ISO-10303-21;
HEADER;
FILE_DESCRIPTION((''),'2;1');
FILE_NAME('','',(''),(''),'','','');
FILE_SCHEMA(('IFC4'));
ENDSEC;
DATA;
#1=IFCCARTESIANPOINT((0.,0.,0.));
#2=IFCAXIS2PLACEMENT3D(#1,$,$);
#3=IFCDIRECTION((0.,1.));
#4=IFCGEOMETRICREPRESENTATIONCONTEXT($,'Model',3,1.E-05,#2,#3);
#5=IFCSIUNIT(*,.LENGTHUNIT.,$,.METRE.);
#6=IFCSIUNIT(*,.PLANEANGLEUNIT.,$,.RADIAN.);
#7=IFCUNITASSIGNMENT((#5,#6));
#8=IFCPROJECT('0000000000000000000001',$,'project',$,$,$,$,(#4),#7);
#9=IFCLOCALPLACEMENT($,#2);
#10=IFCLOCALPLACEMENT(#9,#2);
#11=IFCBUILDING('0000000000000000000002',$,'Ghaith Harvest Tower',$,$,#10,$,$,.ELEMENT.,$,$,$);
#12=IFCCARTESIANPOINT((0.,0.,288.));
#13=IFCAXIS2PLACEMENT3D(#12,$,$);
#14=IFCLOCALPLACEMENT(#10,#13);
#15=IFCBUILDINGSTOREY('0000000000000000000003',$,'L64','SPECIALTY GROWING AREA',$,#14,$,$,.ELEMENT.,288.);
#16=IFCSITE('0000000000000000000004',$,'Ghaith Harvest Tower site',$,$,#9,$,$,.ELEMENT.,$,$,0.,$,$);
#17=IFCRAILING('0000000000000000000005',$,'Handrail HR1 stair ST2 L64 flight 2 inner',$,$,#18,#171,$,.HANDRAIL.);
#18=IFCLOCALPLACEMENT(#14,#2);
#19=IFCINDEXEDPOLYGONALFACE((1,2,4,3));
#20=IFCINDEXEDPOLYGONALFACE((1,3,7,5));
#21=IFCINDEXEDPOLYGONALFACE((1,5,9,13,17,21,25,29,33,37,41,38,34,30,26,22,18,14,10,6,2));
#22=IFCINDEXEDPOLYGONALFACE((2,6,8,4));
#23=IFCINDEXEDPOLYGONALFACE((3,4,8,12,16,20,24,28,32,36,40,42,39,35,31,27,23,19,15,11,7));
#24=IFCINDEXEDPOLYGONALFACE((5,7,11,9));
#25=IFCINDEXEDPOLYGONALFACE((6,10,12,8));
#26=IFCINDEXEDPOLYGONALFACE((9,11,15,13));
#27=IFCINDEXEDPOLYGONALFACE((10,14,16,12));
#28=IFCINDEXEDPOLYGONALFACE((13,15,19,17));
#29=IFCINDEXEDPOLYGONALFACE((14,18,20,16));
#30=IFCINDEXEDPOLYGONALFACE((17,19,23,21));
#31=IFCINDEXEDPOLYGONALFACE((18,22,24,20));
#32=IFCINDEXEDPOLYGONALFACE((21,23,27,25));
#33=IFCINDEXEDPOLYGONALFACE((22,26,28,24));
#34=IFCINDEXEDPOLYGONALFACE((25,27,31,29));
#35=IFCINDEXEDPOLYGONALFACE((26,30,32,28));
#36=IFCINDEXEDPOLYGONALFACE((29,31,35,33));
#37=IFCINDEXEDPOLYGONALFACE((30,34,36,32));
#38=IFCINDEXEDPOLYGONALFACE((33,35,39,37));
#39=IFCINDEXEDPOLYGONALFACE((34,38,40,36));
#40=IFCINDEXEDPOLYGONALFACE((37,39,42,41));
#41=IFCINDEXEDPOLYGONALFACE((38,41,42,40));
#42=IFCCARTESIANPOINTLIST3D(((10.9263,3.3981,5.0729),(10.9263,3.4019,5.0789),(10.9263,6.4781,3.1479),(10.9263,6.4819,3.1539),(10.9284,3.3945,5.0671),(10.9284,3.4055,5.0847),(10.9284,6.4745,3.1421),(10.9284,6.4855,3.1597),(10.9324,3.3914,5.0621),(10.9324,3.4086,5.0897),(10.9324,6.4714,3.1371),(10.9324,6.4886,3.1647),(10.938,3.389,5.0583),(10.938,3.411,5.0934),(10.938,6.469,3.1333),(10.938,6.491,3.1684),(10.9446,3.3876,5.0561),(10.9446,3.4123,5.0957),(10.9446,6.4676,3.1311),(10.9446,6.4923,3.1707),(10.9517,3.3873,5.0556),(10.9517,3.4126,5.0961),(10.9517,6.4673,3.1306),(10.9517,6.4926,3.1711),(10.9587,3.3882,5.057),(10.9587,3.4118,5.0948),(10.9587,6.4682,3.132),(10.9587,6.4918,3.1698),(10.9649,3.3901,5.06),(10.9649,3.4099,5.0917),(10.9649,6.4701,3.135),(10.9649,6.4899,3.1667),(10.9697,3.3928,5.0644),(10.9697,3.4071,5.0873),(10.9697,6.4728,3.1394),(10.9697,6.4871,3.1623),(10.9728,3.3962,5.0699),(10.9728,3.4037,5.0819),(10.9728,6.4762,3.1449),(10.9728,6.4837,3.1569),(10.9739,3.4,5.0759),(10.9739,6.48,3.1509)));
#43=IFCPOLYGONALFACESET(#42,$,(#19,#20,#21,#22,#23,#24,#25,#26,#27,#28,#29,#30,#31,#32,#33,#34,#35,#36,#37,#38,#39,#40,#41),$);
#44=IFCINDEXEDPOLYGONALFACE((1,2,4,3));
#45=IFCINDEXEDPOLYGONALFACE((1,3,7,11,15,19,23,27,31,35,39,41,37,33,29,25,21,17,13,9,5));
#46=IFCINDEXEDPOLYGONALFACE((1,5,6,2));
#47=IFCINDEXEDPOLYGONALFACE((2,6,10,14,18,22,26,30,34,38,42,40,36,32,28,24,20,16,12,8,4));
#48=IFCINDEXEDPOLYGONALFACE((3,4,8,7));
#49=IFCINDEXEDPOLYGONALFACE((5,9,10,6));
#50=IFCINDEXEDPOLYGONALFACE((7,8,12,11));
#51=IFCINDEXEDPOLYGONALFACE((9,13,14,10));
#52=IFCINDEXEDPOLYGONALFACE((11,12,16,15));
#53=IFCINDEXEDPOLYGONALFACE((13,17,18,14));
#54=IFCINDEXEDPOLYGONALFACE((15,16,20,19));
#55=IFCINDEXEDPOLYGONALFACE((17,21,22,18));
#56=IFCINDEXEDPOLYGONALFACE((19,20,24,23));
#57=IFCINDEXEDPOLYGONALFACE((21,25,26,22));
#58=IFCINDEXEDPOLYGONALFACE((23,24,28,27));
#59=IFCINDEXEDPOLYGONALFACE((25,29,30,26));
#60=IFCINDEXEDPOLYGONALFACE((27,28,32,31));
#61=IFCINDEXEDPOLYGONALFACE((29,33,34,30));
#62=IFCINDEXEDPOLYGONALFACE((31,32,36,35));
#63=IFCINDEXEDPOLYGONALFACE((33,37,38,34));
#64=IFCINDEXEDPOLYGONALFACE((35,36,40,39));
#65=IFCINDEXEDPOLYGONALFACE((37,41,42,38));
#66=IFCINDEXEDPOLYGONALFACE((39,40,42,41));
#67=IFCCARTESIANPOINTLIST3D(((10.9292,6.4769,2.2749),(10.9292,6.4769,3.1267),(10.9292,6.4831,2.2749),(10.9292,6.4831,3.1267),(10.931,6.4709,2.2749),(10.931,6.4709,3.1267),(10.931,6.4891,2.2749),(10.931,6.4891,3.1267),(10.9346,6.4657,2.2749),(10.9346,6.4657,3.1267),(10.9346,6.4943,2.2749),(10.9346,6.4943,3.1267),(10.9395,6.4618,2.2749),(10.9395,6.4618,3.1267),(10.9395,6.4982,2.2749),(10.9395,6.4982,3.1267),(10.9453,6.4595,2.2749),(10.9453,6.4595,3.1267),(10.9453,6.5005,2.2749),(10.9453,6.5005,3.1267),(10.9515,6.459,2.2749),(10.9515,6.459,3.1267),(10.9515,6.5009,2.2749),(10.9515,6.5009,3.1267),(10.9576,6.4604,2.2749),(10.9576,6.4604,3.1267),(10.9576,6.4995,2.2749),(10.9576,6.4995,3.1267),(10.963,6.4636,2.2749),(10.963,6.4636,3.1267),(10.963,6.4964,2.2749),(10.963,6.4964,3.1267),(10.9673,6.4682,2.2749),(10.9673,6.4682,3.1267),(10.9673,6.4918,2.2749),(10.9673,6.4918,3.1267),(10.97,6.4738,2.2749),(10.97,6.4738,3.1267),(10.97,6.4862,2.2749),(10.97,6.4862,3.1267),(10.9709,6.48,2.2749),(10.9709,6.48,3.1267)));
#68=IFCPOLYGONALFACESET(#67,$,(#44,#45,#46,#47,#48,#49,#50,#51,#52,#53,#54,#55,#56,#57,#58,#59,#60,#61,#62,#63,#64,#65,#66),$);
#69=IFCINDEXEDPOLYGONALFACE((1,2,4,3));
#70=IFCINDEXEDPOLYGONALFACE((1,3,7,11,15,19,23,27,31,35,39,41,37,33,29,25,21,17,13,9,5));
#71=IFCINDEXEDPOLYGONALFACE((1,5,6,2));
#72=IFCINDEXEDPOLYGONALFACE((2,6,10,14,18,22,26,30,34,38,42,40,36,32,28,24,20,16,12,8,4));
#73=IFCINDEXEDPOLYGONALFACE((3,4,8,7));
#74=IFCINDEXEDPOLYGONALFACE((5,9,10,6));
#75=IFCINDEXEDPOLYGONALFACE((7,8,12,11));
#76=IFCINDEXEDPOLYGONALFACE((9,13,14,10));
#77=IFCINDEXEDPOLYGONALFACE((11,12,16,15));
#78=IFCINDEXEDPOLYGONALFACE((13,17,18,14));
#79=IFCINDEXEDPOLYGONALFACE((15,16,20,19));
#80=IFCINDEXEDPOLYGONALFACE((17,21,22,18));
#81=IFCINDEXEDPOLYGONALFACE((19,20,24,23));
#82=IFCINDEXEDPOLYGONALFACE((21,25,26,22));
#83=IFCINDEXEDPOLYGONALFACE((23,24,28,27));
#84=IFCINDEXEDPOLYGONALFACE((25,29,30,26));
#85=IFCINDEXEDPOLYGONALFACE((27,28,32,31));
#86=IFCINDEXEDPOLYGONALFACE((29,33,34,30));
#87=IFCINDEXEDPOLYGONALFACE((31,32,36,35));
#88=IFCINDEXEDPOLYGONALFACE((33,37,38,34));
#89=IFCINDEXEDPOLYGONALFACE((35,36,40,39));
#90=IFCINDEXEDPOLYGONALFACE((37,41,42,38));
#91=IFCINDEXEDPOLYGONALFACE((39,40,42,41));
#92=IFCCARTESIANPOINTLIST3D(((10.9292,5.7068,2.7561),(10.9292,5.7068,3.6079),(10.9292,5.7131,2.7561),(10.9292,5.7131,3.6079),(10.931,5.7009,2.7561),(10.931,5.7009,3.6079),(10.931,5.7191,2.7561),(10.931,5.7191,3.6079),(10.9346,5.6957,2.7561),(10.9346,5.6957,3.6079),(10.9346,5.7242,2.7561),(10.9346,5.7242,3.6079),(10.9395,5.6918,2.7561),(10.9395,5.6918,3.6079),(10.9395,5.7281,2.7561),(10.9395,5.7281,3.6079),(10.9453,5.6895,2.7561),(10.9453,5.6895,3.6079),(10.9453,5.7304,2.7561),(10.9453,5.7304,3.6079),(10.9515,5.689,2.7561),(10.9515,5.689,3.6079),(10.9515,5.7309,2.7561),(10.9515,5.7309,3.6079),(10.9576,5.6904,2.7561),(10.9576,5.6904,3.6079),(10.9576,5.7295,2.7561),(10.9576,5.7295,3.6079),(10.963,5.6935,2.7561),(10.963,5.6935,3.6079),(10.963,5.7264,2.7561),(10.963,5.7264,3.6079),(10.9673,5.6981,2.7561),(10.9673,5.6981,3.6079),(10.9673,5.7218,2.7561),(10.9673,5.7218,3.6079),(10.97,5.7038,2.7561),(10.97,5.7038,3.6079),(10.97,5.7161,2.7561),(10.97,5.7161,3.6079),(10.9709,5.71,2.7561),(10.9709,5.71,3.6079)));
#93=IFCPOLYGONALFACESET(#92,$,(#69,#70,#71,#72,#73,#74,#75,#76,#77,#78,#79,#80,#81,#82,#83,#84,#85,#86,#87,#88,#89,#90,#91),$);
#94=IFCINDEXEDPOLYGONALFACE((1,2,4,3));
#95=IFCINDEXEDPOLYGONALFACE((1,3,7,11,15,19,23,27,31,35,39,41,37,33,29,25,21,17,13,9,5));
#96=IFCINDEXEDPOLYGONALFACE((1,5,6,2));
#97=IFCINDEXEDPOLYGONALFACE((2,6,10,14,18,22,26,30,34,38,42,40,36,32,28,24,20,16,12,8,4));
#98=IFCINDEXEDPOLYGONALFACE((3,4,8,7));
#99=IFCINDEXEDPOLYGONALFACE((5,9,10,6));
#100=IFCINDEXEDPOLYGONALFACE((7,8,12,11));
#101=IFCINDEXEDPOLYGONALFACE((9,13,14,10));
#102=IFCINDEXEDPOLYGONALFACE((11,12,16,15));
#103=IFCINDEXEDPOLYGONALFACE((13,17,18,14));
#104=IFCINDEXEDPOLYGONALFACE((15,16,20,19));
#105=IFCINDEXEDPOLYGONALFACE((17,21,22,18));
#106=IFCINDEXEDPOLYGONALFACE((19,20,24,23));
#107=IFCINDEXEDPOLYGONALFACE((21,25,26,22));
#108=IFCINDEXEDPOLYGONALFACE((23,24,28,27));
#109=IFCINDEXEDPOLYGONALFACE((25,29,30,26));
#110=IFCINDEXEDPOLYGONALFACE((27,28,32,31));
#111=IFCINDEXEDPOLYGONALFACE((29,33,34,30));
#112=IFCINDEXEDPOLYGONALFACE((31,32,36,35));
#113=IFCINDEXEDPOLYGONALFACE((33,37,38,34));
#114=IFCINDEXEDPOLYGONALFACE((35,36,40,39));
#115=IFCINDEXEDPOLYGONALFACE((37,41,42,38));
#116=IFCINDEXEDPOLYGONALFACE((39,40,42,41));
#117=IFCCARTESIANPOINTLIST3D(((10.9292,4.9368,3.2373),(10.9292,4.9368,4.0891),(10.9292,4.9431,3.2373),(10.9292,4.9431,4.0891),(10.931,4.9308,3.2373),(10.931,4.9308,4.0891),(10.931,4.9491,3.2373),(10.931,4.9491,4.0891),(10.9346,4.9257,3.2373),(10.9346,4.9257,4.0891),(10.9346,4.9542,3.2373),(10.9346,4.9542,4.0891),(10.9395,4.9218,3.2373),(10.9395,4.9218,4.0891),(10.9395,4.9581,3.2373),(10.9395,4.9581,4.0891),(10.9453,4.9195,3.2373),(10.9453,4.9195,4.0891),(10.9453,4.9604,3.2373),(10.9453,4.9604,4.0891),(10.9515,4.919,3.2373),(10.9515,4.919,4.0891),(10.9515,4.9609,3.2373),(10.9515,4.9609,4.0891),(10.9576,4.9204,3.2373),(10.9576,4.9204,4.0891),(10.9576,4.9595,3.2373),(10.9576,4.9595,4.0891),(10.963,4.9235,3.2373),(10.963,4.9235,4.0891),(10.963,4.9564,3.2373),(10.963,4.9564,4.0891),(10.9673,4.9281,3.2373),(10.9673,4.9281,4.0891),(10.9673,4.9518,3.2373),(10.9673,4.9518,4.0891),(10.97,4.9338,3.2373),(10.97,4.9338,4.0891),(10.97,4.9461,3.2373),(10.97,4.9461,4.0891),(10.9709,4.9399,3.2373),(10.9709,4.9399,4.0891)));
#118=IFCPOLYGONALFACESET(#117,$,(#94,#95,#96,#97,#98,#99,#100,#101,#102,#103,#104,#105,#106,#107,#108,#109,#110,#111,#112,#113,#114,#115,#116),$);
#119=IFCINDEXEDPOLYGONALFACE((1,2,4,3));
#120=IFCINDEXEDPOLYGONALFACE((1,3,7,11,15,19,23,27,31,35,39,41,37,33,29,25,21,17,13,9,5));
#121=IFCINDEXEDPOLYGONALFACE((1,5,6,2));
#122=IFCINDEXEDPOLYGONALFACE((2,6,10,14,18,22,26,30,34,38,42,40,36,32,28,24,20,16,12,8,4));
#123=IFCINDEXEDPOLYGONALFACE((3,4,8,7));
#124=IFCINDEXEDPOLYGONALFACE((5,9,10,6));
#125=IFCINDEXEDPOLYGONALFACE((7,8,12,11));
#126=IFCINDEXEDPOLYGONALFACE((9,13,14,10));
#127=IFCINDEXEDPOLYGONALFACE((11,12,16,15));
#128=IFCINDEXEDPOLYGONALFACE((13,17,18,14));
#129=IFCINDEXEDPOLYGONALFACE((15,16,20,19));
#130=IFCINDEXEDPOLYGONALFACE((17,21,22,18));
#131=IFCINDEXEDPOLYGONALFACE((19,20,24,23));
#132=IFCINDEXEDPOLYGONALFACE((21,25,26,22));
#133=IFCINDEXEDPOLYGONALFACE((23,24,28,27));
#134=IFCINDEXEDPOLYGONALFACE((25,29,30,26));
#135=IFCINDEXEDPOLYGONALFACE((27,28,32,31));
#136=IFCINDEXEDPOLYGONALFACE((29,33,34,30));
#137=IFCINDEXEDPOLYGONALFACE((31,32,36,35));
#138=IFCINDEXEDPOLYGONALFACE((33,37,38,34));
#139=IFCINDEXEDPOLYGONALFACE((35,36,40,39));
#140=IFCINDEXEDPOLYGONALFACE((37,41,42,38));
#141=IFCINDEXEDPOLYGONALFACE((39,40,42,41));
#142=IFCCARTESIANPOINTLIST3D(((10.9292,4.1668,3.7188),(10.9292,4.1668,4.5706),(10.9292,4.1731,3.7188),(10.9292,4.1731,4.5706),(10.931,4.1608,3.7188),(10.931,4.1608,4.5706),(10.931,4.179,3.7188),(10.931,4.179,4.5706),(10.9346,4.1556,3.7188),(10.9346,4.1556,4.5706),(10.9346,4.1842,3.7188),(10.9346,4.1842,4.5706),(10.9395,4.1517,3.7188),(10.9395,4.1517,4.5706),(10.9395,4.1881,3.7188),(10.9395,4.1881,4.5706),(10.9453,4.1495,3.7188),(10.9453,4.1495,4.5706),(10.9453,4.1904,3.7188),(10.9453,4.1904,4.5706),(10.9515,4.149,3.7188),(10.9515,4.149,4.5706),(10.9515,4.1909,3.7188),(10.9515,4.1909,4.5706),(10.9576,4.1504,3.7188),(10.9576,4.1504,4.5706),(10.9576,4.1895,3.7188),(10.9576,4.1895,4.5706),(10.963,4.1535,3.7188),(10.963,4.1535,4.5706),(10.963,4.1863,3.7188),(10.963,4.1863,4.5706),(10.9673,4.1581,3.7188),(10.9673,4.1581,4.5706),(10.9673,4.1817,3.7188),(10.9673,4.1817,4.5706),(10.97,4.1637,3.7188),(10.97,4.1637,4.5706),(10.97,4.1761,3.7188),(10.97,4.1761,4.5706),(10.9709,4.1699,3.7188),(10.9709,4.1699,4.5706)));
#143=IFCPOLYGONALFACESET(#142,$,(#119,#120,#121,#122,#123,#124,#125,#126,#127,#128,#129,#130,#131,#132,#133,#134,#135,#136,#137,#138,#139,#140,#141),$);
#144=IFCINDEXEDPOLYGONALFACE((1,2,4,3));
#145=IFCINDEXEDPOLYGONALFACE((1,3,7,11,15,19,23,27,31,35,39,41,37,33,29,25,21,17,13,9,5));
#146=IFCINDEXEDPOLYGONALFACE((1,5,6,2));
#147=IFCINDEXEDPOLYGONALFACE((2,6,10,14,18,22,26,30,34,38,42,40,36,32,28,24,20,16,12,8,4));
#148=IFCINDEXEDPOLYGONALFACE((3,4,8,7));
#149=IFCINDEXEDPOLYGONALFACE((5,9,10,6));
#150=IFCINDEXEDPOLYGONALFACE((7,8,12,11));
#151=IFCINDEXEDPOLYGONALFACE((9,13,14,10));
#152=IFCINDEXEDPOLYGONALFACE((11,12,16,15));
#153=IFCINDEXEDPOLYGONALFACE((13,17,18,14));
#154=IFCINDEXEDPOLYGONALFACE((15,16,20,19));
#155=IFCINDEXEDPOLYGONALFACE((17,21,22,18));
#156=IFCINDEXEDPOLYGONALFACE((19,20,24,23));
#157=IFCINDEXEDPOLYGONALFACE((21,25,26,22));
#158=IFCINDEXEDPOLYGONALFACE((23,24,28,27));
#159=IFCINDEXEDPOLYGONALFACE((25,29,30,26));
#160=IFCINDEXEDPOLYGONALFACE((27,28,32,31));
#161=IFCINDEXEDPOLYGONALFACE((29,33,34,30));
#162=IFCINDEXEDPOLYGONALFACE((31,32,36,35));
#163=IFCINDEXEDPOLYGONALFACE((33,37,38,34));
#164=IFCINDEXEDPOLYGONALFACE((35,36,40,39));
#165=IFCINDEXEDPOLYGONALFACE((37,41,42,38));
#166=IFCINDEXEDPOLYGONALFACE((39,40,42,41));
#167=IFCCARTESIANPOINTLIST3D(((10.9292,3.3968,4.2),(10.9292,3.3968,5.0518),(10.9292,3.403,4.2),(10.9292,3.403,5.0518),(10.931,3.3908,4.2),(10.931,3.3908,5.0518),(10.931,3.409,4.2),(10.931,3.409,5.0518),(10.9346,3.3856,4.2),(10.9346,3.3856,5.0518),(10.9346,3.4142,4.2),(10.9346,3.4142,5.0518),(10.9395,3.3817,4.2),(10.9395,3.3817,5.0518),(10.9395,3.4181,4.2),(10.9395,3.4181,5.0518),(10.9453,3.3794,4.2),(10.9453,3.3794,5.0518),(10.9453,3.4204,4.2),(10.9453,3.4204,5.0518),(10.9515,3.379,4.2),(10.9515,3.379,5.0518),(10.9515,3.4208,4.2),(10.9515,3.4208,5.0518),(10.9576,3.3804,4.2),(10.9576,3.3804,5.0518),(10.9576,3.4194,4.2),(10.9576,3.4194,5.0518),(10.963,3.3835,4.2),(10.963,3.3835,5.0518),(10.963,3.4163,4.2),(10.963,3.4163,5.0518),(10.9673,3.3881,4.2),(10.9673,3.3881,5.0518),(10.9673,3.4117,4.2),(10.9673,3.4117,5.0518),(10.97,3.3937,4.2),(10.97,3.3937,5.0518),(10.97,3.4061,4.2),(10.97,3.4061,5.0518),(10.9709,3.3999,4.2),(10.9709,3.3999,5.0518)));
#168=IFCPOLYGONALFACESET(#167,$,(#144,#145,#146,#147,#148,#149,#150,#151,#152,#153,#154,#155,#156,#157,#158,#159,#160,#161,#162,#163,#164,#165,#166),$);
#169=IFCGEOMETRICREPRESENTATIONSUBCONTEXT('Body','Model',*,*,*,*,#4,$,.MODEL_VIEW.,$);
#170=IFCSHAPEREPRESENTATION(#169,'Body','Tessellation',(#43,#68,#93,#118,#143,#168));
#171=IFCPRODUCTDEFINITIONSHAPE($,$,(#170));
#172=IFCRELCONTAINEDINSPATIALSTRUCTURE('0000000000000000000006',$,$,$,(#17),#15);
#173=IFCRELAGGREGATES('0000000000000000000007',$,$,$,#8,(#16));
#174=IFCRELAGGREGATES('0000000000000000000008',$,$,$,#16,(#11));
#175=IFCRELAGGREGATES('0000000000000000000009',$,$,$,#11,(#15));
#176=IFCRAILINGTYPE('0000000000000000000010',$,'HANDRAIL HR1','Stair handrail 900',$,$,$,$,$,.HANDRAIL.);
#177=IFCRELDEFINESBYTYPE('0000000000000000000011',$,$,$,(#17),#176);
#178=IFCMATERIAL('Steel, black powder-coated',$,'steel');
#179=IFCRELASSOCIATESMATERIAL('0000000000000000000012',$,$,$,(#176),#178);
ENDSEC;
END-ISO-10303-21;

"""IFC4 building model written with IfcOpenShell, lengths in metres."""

from ifc_helpers import new_model, si_unit, direction, frame, origin, origin_2d, place, context, subcontext, project, spatial, circle, extrude, material, type_object, element, save


model = new_model("IFC4")

# Units and contexts
model_context = context("Model", 3, precision=1e-05, world=origin(), true_north=direction((0.0, 1.0)))
body_context = subcontext(model_context, "Body", "Model", "MODEL_VIEW")
ifc_project = project(units=[si_unit("LENGTHUNIT", "METRE"), si_unit("PLANEANGLEUNIT", "RADIAN")], contexts=[model_context])

# Site, building, storey
site_placement = place(None, origin())
site = spatial("IfcSite", under=ifc_project, at=site_placement, Name="Ghaith Harvest Tower site", CompositionType="ELEMENT", RefElevation=0.0)
building_placement = place(site_placement, origin())
building = spatial("IfcBuilding", under=site, at=building_placement, Name="Ghaith Harvest Tower", CompositionType="ELEMENT")
storey_placement = place(building_placement, frame((0.0, 0.0, 288.0)))
storey = spatial("IfcBuildingStorey", under=building, at=storey_placement, Name="L64", Description="SPECIALTY GROWING AREA", CompositionType="ELEMENT", Elevation=288.0)

# Railing
ifc_material_1 = material(Name="Steel, black powder-coated", Category="steel")
railing_type = type_object("IfcRailingType", Name="HANDRAIL HR1", Description="Stair handrail 900", PredefinedType="HANDRAIL", material=ifc_material_1)
railing_1_placement = place(storey_placement, frame((10.95, 6.48, 2.2749)))
element("IfcRailing", 1, at=railing_1_placement, inside=storey, type_object=railing_type, Name="Handrail HR1 stair ST2 L64 flight 2 inner", PredefinedType="HANDRAIL", context=body_context, shape_type="SweptSolid", body=[
    extrude(circle(Radius=0.0239, at=origin_2d()), frame((0.0, 0.0, 0.876), z_axis=(0.0, -0.847998, 0.529999), x_axis=(1.0, 0.0, 0.0)), (0.0, 0.0, 1.0), 3.6321),
    extrude(circle(Radius=0.021, at=origin_2d()), origin(), (0.0, 0.0, 1.0), 0.8518),
    extrude(circle(Radius=0.021, at=origin_2d()), frame((0.0, -0.77, 0.4812)), (0.0, 0.0, 1.0), 0.8518),
    extrude(circle(Radius=0.021, at=origin_2d()), frame((0.0, -1.54, 0.9624)), (0.0, 0.0, 1.0), 0.8518),
    extrude(circle(Radius=0.021, at=origin_2d()), frame((0.0, -2.3101, 1.4438)), (0.0, 0.0, 1.0), 0.8518),
    extrude(circle(Radius=0.021, at=origin_2d()), frame((0.0, -3.0801, 1.925)), (0.0, 0.0, 1.0), 0.8518),
])

save(model, "model.ifc")
